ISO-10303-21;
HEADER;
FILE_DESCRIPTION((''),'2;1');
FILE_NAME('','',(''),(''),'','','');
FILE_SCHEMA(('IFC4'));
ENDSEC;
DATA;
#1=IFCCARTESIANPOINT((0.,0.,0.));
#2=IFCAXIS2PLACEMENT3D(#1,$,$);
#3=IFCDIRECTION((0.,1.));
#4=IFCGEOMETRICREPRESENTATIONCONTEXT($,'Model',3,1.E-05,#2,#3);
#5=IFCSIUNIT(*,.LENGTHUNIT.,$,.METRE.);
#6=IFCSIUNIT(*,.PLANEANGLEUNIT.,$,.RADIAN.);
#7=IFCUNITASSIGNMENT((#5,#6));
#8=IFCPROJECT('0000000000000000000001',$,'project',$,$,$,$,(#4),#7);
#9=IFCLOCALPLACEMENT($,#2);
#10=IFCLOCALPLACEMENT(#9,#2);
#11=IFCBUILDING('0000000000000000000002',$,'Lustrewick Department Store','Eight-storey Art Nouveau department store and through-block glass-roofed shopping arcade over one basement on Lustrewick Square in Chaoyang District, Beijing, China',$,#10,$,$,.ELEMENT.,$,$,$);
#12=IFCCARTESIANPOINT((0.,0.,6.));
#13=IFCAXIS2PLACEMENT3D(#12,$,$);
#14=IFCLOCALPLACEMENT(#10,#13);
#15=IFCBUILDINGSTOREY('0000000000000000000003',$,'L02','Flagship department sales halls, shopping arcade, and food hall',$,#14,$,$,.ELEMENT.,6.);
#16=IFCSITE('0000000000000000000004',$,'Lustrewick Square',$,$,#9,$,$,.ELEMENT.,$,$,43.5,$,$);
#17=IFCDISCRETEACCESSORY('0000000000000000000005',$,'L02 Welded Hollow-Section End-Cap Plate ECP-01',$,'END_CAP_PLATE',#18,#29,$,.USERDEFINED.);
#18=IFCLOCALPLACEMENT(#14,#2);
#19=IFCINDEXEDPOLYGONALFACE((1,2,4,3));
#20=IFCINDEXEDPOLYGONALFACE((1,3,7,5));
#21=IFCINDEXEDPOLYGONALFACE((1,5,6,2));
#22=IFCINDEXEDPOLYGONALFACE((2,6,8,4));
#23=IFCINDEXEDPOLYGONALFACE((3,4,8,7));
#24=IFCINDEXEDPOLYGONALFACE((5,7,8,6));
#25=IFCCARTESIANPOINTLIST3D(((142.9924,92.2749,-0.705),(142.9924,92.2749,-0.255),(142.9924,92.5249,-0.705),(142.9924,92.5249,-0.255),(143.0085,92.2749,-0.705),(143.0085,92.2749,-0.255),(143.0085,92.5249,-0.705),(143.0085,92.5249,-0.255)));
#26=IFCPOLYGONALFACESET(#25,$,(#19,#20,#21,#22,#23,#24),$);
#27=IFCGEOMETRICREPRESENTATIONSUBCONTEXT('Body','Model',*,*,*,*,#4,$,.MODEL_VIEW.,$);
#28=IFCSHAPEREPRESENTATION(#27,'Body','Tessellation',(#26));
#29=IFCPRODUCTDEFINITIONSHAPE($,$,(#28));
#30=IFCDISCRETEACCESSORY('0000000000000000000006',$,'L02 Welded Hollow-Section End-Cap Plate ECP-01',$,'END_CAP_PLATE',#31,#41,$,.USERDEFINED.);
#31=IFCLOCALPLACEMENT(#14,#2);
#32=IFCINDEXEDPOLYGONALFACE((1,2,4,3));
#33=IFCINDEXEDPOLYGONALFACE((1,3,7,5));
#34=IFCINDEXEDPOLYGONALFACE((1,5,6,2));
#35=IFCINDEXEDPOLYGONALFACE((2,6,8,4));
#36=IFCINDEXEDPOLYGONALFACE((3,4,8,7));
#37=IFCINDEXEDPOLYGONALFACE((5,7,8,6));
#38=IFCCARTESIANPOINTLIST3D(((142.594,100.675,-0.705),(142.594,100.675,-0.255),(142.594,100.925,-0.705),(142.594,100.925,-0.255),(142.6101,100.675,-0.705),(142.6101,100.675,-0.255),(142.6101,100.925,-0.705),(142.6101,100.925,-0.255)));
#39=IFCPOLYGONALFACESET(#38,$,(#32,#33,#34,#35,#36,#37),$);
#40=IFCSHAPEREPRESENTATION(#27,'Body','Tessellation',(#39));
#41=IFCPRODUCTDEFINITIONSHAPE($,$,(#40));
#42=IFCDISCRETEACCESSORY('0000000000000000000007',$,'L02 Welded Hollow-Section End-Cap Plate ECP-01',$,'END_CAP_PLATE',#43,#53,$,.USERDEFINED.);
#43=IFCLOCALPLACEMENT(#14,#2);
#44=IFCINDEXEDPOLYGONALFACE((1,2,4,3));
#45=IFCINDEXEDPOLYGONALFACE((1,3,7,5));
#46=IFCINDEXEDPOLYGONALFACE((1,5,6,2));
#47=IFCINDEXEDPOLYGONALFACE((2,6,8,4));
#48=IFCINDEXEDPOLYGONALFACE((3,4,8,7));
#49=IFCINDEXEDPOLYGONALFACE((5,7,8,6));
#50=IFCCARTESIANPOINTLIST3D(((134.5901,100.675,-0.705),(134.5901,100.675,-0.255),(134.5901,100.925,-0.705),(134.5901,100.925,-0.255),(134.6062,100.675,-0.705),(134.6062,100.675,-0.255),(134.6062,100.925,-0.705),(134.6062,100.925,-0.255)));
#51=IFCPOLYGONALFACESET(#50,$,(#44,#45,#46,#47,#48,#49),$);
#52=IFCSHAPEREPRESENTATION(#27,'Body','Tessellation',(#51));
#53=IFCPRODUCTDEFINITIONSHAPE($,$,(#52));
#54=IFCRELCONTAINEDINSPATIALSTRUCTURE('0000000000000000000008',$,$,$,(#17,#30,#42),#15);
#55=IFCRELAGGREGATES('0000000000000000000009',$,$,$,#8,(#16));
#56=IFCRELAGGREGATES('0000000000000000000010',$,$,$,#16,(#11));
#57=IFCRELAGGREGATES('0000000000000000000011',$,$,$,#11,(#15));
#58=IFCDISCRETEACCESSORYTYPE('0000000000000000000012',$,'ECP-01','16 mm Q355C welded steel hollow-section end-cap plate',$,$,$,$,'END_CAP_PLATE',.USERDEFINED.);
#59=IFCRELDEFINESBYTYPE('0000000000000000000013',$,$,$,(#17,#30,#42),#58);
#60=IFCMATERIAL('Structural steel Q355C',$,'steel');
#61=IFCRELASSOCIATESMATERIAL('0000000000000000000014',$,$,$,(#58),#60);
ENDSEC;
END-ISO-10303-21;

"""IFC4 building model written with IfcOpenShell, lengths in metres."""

from ifc_helpers import new_model, si_unit, direction, frame, origin, origin_2d, place, context, subcontext, project, spatial, rectangle, extrude, material, type_object, element, save


model = new_model("IFC4")

# Units and contexts
model_context = context("Model", 3, precision=1e-05, world=origin(), true_north=direction((0.0, 1.0)))
body_context = subcontext(model_context, "Body", "Model", "MODEL_VIEW")
ifc_project = project(units=[si_unit("LENGTHUNIT", "METRE"), si_unit("PLANEANGLEUNIT", "RADIAN")], contexts=[model_context])

# Site, building, storey
site_placement = place(None, origin())
site = spatial("IfcSite", under=ifc_project, at=site_placement, Name="Lustrewick Square", CompositionType="ELEMENT", RefElevation=43.5)
building_placement = place(site_placement, origin())
building = spatial("IfcBuilding", under=site, at=building_placement, Name="Lustrewick Department Store", Description="Eight-storey Art Nouveau department store and through-block glass-roofed shopping arcade over one basement on Lustrewick Square in Chaoyang District, Beijing, China", CompositionType="ELEMENT")
storey_placement = place(building_placement, frame((0.0, 0.0, 6.0)))
storey = spatial("IfcBuildingStorey", under=building, at=storey_placement, Name="L02", Description="Flagship department sales halls, shopping arcade, and food hall", CompositionType="ELEMENT", Elevation=6.0)

# Shared definitions
ifc_material_1 = material(Name="Structural steel Q355C", Category="steel")

# Discrete accessories
discrete_accessory_type = type_object("IfcDiscreteAccessoryType", Name="ECP-01", Description="16 mm Q355C welded steel hollow-section end-cap plate", ElementType="END_CAP_PLATE", PredefinedType="USERDEFINED", material=ifc_material_1)
for number, where, z_axis, x_axis, name in (
    (1, (143.0085, 92.3999, -0.48), (-1.0, 0.0, 0.0), (0.0, 1.0, 0.0), "L02 Welded Hollow-Section End-Cap Plate ECP-01"),
    (2, (142.594, 100.8, -0.48), (1.0, 0.0, 0.0), (0.0, 1.0, 0.0), "L02 Welded Hollow-Section End-Cap Plate ECP-01"),
    (3, (134.6062, 100.8, -0.48), (-1.0, 0.0, 0.0), (0.0, 1.0, 0.0), "L02 Welded Hollow-Section End-Cap Plate ECP-01"),
):
    element("IfcDiscreteAccessory", number, at=place(storey_placement, frame(where, z_axis=z_axis, x_axis=x_axis)), inside=storey, type_object=discrete_accessory_type, Name=name, ObjectType="END_CAP_PLATE", PredefinedType="USERDEFINED", context=body_context, shape_type="SweptSolid", body=[
        extrude(rectangle(XDim=0.25, YDim=0.45, at=origin_2d()), origin(), (0.0, 0.0, 1.0), 0.0161),
    ])

save(model, "model.ifc")
